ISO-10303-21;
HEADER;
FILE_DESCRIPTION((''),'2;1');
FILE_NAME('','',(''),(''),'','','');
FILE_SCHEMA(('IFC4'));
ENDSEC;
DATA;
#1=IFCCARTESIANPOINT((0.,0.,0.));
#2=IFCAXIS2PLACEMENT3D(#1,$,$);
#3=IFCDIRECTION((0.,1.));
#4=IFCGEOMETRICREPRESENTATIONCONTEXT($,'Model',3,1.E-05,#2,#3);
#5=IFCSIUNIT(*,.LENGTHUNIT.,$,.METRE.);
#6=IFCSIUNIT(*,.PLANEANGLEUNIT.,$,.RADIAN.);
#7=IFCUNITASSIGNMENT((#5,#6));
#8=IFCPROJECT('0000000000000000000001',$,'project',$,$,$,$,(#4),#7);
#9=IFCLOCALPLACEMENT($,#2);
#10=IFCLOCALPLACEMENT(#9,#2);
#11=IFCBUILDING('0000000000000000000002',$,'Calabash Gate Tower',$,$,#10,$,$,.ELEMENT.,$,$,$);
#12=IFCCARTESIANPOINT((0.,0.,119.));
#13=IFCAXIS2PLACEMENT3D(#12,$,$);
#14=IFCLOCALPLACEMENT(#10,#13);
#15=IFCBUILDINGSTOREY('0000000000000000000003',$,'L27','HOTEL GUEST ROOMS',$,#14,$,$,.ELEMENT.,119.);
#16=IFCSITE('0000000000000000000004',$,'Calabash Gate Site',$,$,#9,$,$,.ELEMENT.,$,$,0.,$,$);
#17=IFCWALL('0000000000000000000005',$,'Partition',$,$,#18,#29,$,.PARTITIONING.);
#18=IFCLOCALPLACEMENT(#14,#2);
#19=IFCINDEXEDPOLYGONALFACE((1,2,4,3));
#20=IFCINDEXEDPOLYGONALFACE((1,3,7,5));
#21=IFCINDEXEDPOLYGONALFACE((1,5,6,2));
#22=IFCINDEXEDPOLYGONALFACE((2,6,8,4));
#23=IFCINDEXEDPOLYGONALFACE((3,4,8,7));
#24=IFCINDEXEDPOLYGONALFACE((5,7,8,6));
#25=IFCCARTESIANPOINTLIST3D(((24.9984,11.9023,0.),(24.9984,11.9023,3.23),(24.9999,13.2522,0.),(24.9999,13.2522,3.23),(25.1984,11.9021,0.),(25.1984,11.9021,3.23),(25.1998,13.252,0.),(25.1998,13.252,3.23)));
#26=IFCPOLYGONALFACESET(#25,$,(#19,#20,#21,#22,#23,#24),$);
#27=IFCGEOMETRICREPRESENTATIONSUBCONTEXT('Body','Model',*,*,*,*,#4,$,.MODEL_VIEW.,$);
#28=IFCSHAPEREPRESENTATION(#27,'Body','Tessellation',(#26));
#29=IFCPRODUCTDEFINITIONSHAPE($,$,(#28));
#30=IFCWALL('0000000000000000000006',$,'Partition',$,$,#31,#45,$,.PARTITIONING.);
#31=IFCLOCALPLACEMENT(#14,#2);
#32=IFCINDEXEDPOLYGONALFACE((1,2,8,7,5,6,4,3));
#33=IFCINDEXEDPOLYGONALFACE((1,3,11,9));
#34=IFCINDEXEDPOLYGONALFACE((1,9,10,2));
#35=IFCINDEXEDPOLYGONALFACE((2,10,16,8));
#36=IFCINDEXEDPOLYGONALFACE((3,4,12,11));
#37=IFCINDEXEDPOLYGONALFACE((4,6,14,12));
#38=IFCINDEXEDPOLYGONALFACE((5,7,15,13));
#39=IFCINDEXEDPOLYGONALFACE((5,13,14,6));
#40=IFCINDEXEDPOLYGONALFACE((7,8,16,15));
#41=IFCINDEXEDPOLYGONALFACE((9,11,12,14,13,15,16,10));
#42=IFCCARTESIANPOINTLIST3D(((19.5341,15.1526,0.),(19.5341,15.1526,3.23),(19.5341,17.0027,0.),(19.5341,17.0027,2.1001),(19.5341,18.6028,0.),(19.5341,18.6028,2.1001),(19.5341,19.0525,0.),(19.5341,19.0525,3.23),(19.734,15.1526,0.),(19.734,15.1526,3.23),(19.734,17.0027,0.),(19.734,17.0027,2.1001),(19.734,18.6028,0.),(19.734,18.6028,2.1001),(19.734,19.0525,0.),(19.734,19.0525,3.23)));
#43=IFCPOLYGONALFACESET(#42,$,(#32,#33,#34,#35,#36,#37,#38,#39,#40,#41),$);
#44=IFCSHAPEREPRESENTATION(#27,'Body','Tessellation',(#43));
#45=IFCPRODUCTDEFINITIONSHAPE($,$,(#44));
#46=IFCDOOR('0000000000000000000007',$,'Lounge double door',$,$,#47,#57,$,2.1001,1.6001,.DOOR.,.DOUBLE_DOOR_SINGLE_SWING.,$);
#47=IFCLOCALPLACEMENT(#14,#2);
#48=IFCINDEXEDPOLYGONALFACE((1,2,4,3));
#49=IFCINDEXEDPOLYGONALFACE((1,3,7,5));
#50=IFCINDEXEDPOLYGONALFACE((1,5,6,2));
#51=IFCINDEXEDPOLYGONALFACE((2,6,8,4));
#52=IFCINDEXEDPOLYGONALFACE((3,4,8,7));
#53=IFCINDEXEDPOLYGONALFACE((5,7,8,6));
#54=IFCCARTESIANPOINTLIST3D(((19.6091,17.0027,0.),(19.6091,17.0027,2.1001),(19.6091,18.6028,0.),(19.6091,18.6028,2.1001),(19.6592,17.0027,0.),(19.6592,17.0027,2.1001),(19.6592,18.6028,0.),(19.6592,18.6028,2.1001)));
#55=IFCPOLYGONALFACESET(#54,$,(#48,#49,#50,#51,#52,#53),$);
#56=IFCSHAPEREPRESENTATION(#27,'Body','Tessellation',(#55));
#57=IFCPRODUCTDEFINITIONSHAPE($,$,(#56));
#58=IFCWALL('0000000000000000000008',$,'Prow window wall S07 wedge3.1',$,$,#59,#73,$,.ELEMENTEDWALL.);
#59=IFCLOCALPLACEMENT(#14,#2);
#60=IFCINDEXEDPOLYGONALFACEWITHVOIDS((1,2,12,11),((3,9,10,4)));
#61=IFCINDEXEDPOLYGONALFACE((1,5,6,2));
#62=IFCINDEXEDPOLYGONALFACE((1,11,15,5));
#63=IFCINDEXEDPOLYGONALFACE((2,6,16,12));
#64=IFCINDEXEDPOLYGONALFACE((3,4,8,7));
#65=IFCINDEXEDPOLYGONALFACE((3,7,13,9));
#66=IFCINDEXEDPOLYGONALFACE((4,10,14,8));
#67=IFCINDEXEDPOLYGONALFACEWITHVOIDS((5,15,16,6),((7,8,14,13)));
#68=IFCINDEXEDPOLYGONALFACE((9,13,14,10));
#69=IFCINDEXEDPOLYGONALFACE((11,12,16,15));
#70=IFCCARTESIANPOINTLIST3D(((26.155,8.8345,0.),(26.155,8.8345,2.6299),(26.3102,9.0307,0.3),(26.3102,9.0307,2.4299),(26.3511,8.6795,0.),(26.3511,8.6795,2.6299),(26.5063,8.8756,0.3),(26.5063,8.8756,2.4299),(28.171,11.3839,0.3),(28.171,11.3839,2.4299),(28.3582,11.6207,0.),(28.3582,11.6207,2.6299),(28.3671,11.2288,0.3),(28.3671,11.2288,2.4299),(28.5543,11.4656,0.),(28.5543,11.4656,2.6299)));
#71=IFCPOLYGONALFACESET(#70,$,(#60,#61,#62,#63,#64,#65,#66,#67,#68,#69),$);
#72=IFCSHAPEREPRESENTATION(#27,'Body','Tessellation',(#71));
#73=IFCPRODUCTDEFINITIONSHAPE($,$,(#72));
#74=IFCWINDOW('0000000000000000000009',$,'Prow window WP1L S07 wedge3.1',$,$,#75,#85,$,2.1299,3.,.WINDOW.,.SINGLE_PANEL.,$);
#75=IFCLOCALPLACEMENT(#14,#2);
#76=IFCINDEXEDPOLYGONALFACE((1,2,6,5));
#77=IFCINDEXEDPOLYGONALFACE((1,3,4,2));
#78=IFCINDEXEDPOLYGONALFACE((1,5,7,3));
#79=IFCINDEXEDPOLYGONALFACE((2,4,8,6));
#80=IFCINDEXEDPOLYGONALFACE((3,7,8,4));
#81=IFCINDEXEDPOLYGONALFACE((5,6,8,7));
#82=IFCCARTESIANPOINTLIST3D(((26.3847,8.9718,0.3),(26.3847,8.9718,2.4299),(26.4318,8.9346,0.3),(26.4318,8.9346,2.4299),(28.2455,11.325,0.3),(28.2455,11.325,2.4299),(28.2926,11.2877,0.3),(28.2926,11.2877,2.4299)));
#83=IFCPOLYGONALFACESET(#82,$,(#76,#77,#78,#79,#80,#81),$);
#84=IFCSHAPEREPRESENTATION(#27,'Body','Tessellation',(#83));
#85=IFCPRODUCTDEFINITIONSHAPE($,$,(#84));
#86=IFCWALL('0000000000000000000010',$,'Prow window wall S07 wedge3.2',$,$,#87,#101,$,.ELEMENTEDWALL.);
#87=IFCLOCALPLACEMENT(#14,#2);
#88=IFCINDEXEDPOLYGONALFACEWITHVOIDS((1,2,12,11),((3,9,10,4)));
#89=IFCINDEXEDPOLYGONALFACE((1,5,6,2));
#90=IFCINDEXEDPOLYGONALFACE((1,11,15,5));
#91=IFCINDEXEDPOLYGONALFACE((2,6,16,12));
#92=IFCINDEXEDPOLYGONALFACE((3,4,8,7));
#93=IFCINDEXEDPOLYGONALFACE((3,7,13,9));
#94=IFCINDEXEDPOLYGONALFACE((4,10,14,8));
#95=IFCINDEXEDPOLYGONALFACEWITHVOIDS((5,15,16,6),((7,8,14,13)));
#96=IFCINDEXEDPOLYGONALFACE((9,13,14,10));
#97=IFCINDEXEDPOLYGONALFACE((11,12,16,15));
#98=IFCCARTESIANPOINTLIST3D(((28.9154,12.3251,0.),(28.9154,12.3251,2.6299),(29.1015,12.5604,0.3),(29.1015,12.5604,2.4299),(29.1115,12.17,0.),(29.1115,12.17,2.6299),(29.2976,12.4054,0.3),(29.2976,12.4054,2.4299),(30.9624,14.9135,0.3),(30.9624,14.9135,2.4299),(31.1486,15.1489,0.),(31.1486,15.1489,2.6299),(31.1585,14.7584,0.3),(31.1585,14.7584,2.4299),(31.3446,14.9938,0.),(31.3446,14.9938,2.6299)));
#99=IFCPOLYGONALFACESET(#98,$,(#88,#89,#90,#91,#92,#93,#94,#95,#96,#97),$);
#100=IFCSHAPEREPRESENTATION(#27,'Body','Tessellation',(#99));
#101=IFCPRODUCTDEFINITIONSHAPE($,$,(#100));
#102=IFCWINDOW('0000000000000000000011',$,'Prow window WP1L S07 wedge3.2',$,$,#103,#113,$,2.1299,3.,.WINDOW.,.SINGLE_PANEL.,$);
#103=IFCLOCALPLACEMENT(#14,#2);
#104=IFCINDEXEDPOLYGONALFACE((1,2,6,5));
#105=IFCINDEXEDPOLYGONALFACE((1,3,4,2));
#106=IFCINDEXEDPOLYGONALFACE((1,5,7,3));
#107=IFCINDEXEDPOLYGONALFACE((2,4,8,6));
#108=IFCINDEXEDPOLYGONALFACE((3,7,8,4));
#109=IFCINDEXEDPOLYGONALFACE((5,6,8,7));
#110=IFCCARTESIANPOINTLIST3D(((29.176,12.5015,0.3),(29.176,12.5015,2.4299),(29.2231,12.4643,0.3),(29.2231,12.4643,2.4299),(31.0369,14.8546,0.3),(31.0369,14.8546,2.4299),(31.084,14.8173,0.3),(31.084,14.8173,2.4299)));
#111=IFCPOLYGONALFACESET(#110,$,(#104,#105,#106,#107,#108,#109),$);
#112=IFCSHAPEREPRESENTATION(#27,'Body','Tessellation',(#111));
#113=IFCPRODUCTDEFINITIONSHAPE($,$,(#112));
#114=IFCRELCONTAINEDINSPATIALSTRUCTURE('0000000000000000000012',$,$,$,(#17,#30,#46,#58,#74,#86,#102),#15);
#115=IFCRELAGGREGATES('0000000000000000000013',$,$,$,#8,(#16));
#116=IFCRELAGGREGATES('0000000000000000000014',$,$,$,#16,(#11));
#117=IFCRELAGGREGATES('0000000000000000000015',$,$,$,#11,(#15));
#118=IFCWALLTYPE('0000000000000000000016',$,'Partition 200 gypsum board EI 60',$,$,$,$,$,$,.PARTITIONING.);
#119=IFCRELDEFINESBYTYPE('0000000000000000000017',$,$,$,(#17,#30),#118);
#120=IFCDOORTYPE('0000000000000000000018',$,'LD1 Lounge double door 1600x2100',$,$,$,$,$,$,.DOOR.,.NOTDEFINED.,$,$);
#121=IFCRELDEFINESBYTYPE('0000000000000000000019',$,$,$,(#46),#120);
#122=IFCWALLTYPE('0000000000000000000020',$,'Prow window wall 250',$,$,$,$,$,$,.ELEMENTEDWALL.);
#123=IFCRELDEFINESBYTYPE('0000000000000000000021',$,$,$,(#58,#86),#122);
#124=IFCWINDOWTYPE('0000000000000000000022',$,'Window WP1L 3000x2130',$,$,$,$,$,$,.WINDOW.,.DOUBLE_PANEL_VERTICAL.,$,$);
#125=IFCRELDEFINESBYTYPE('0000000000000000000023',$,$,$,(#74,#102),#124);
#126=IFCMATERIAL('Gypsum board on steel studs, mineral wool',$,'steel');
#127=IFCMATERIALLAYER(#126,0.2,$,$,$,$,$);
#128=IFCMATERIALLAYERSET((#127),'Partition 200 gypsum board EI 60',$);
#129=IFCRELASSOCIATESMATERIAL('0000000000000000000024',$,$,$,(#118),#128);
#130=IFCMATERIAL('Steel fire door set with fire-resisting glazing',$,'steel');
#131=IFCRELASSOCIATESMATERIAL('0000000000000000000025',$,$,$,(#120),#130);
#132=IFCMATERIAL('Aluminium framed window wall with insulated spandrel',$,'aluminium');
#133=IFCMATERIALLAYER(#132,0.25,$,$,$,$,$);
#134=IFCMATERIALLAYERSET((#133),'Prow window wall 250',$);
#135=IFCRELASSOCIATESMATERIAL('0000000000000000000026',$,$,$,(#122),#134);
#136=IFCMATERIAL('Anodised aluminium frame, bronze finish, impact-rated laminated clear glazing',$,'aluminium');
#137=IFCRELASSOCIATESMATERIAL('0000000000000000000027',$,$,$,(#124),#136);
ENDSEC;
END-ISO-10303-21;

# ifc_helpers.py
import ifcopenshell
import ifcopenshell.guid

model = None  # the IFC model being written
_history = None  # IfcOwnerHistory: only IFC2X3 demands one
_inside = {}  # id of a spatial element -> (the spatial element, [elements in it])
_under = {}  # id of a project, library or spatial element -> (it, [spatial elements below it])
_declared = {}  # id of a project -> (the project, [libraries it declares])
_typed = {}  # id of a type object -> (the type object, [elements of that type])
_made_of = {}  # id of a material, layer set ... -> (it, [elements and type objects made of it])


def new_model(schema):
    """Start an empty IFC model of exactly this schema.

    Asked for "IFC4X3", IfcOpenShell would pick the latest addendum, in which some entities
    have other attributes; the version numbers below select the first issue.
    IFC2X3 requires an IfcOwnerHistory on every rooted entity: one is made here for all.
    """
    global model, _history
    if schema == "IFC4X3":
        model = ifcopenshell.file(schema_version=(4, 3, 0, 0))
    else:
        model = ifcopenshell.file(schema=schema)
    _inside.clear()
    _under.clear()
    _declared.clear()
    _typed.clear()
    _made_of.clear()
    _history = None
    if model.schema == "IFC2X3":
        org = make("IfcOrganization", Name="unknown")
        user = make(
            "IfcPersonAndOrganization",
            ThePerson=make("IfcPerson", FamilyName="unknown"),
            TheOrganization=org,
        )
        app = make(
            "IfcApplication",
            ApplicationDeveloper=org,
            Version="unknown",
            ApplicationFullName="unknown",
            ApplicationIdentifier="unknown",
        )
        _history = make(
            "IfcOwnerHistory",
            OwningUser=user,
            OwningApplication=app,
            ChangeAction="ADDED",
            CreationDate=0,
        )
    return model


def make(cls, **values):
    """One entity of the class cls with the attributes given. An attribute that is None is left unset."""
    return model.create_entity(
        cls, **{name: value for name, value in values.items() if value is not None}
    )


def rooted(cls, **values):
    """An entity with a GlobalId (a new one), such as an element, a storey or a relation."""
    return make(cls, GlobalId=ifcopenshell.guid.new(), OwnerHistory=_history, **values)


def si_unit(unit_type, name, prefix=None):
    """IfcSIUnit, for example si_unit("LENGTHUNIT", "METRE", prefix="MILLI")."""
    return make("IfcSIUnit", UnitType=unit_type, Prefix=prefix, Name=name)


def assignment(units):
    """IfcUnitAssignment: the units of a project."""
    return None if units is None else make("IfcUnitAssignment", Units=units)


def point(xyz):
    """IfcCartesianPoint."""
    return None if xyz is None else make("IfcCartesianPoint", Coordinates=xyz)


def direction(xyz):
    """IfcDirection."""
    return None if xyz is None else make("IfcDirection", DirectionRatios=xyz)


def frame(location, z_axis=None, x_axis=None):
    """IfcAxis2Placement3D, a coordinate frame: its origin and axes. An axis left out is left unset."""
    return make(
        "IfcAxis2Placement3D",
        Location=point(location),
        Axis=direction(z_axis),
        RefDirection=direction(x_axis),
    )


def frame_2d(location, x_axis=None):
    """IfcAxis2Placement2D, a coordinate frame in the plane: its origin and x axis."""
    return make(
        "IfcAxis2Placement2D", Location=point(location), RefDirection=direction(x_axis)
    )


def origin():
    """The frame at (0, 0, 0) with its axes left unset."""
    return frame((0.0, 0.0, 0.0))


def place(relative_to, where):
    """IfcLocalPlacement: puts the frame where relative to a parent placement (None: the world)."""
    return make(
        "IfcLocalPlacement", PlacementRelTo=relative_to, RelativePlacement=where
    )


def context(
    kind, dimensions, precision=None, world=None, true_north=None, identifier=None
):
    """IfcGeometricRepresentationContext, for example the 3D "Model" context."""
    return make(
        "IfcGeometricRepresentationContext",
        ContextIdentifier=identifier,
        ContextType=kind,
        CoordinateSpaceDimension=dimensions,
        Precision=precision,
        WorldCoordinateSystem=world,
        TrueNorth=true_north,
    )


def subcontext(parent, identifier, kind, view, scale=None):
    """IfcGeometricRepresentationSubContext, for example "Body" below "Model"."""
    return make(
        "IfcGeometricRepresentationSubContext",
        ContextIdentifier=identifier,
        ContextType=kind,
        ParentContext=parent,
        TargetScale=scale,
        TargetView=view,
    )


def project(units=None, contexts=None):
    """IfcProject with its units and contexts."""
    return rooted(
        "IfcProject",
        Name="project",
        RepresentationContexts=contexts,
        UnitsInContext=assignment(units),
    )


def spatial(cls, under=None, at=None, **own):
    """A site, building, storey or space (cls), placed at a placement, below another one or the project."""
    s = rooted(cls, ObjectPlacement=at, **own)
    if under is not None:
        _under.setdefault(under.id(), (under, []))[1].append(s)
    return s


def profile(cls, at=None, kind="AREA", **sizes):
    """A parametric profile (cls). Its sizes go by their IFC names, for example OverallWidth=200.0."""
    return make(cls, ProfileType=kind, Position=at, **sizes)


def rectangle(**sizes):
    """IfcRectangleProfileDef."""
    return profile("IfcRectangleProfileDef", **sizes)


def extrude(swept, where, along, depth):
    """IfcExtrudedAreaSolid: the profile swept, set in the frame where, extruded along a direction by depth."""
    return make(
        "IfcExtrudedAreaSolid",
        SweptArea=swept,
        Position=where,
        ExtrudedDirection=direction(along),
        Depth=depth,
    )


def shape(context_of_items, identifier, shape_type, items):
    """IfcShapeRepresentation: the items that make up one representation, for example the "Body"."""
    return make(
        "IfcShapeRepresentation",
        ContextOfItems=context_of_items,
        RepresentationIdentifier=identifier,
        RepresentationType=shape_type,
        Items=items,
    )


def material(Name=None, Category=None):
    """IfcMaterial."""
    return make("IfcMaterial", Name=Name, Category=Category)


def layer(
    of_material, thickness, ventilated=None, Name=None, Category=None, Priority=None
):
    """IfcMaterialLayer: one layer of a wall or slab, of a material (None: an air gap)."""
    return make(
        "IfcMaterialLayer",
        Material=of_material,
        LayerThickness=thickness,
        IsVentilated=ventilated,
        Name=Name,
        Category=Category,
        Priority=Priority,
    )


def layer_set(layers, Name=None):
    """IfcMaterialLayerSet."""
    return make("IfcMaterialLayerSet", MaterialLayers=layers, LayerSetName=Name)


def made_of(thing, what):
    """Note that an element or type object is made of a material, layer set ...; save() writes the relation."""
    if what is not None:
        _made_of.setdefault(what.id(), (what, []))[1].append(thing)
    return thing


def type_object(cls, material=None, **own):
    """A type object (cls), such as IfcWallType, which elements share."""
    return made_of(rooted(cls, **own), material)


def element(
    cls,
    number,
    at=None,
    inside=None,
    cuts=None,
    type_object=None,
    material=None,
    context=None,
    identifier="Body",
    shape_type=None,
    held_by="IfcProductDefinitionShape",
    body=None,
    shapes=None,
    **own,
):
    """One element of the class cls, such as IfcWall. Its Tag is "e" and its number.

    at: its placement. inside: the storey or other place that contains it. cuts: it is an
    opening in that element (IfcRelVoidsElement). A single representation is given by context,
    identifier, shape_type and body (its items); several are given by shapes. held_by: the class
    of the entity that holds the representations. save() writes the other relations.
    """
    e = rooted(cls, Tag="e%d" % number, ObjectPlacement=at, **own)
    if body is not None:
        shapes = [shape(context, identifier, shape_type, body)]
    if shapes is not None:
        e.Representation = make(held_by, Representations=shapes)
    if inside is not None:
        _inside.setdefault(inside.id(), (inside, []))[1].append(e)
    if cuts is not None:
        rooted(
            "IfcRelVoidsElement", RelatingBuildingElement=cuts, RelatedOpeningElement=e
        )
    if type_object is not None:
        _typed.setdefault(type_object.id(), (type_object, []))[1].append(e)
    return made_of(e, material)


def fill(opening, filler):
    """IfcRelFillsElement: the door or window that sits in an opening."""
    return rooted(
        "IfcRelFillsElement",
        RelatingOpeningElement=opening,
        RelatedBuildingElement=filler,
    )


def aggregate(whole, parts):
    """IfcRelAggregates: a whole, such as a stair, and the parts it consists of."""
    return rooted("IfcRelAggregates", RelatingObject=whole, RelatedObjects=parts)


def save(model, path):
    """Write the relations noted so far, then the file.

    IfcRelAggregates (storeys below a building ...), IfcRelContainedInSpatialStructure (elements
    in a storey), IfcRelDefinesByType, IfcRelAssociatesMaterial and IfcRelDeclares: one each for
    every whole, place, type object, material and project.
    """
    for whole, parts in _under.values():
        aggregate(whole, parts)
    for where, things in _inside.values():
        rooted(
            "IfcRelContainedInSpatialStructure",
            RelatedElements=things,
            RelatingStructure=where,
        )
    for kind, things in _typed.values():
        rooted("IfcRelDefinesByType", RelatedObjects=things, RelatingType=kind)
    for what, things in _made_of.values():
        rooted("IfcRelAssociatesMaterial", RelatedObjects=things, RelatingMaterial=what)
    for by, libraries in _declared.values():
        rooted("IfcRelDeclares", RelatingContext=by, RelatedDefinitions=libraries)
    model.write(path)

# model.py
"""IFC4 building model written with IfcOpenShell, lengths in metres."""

from ifc_helpers import new_model, si_unit, direction, frame, frame_2d, origin, place, context, subcontext, project, spatial, rectangle, extrude, material, layer, layer_set, type_object, element, fill, save


model = new_model("IFC4")

# Units and contexts
model_context = context("Model", 3, precision=1e-05, world=origin(), true_north=direction((0.0, 1.0)))
body_context = subcontext(model_context, "Body", "Model", "MODEL_VIEW")
ifc_project = project(units=[si_unit("LENGTHUNIT", "METRE"), si_unit("PLANEANGLEUNIT", "RADIAN")], contexts=[model_context])

# Site, building, storey
site_placement = place(None, origin())
site = spatial("IfcSite", under=ifc_project, at=site_placement, Name="Calabash Gate Site", CompositionType="ELEMENT", RefElevation=0.0)
building_placement = place(site_placement, origin())
building = spatial("IfcBuilding", under=site, at=building_placement, Name="Calabash Gate Tower", CompositionType="ELEMENT")
storey_placement = place(building_placement, frame((0.0, 0.0, 119.0)))
storey = spatial("IfcBuildingStorey", under=building, at=storey_placement, Name="L27", Description="HOTEL GUEST ROOMS", CompositionType="ELEMENT", Elevation=119.0)

# Wall
ifc_material_1 = material(Name="Gypsum board on steel studs, mineral wool", Category="steel")
ifc_layer_1 = layer(ifc_material_1, 0.2)
ifc_layer_set_1 = layer_set([ifc_layer_1], Name="Partition 200 gypsum board EI 60")
wall_type_1 = type_object("IfcWallType", Name="Partition 200 gypsum board EI 60", PredefinedType="PARTITIONING", material=ifc_layer_set_1)
wall_1_placement = place(storey_placement, frame((25.0984, 11.9023, 0.0), z_axis=(0.0, 0.0, 1.0), x_axis=(0.001085, 0.999999, 0.0)))
element("IfcWall", 1, at=wall_1_placement, inside=storey, type_object=wall_type_1, Name="Partition", PredefinedType="PARTITIONING", context=body_context, shape_type="SweptSolid", body=[
    extrude(rectangle(XDim=1.3499, YDim=0.2, at=frame_2d((0.6748, 0.0))), origin(), (0.0, 0.0, 1.0), 3.23),
])

# Wall, opening, door
wall_2_placement = place(storey_placement, frame((19.634, 15.1526, 0.0), z_axis=(0.0, 0.0, 1.0), x_axis=(0.0, 1.0, 0.0)))
wall_2 = element("IfcWall", 2, at=wall_2_placement, inside=storey, type_object=wall_type_1, Name="Partition", PredefinedType="PARTITIONING", context=body_context, shape_type="SweptSolid", body=[
    extrude(rectangle(XDim=3.8999, YDim=0.2, at=frame_2d((1.95, 0.0))), origin(), (0.0, 0.0, 1.0), 3.23),
])
opening_1_placement = place(wall_2_placement, frame((1.8501, 0.0, 0.0)))
opening_1 = element("IfcOpeningElement", 3, at=opening_1_placement, cuts=wall_2, PredefinedType="OPENING", context=body_context, shape_type="SweptSolid", body=[
    extrude(rectangle(XDim=1.6001, YDim=2.1001, at=frame_2d((0.8, 1.05))), frame((0.0, 0.1099, 0.0), z_axis=(0.0, -1.0, 0.0), x_axis=(1.0, 0.0, 0.0)), (0.0, 0.0, 1.0), 0.22),
])
ifc_material_2 = material(Name="Steel fire door set with fire-resisting glazing", Category="steel")
door_type = type_object("IfcDoorType", Name="LD1 Lounge double door 1600x2100", OperationType="NOTDEFINED", PredefinedType="DOOR", material=ifc_material_2)
door_placement = place(opening_1_placement, origin())
door = element("IfcDoor", 4, at=door_placement, inside=storey, type_object=door_type, Name="Lounge double door", OperationType="DOUBLE_DOOR_SINGLE_SWING", OverallHeight=2.1001, OverallWidth=1.6001, PredefinedType="DOOR", context=body_context, shape_type="SweptSolid", body=[
    extrude(rectangle(XDim=1.6001, YDim=2.1001, at=frame_2d((0.8, 1.05))), frame((0.0, 0.0249, 0.0), z_axis=(0.0, -1.0, 0.0), x_axis=(1.0, 0.0, 0.0)), (0.0, 0.0, 1.0), 0.05),
])
fill(opening_1, door)

# Walls, openings, windows
ifc_material_3 = material(Name="Aluminium framed window wall with insulated spandrel", Category="aluminium")
ifc_layer_2 = layer(ifc_material_3, 0.25)
ifc_layer_set_2 = layer_set([ifc_layer_2], Name="Prow window wall 250")
wall_type_2 = type_object("IfcWallType", Name="Prow window wall 250", PredefinedType="ELEMENTEDWALL", material=ifc_layer_set_2)
wall_3_placement = place(storey_placement, frame((26.2532, 8.7571, 0.0), z_axis=(0.0, 0.0, 1.0), x_axis=(0.620259, 0.784397, 0.0)))
wall_3 = element("IfcWall", 5, at=wall_3_placement, inside=storey, type_object=wall_type_2, Name="Prow window wall S07 wedge3.1", PredefinedType="ELEMENTEDWALL", context=body_context, shape_type="SweptSolid", body=[
    extrude(rectangle(XDim=3.552, YDim=0.25, at=frame_2d((1.7759, 0.0))), origin(), (0.0, 0.0, 1.0), 2.6299),
])
opening_2_placement = place(wall_3_placement, frame((0.25, 0.0, 0.3)))
opening_2 = element("IfcOpeningElement", 6, at=opening_2_placement, cuts=wall_3, PredefinedType="OPENING", context=body_context, shape_type="SweptSolid", body=[
    extrude(rectangle(XDim=3.0, YDim=2.1299, at=frame_2d((1.5, 1.0649))), frame((0.0, 0.135, 0.0), z_axis=(0.0, -1.0, 0.0), x_axis=(1.0, 0.0, 0.0)), (0.0, 0.0, 1.0), 0.27),
])
ifc_material_4 = material(Name="Anodised aluminium frame, bronze finish, impact-rated laminated clear glazing", Category="aluminium")
window_type = type_object("IfcWindowType", Name="Window WP1L 3000x2130", PartitioningType="DOUBLE_PANEL_VERTICAL", PredefinedType="WINDOW", material=ifc_material_4)
window_1_placement = place(opening_2_placement, origin())
window_1 = element("IfcWindow", 7, at=window_1_placement, inside=storey, type_object=window_type, Name="Prow window WP1L S07 wedge3.1", OverallHeight=2.1299, OverallWidth=3.0, PartitioningType="SINGLE_PANEL", PredefinedType="WINDOW", context=body_context, shape_type="SweptSolid", body=[
    extrude(rectangle(XDim=3.0, YDim=2.1299, at=frame_2d((1.5, 1.0649))), frame((0.0, 0.03, 0.0), z_axis=(0.0, -1.0, 0.0), x_axis=(1.0, 0.0, 0.0)), (0.0, 0.0, 1.0), 0.0601),
])
fill(opening_2, window_1)
wall_4_placement = place(storey_placement, frame((29.0134, 12.2476, 0.0), z_axis=(0.0, 0.0, 1.0), x_axis=(0.62031, 0.784357, 0.0)))
wall_4 = element("IfcWall", 8, at=wall_4_placement, inside=storey, type_object=wall_type_2, Name="Prow window wall S07 wedge3.2", PredefinedType="ELEMENTEDWALL", context=body_context, shape_type="SweptSolid", body=[
    extrude(rectangle(XDim=3.6001, YDim=0.25, at=frame_2d((1.8, 0.0))), origin(), (0.0, 0.0, 1.0), 2.6299),
])
opening_3_placement = place(wall_4_placement, frame((0.3, 0.0, 0.3)))
opening_3 = element("IfcOpeningElement", 9, at=opening_3_placement, cuts=wall_4, PredefinedType="OPENING", context=body_context, shape_type="SweptSolid", body=[
    extrude(rectangle(XDim=3.0, YDim=2.1299, at=frame_2d((1.5, 1.0649))), frame((0.0, 0.135, 0.0), z_axis=(0.0, -1.0, 0.0), x_axis=(1.0, 0.0, 0.0)), (0.0, 0.0, 1.0), 0.27),
])
window_2_placement = place(opening_3_placement, origin())
window_2 = element("IfcWindow", 10, at=window_2_placement, inside=storey, type_object=window_type, Name="Prow window WP1L S07 wedge3.2", OverallHeight=2.1299, OverallWidth=3.0, PartitioningType="SINGLE_PANEL", PredefinedType="WINDOW", context=body_context, shape_type="SweptSolid", body=[
    extrude(rectangle(XDim=3.0, YDim=2.1299, at=frame_2d((1.5, 1.0649))), frame((0.0, 0.03, 0.0), z_axis=(0.0, -1.0, 0.0), x_axis=(1.0, 0.0, 0.0)), (0.0, 0.0, 1.0), 0.0601),
])
fill(opening_3, window_2)

save(model, "model.ifc")
